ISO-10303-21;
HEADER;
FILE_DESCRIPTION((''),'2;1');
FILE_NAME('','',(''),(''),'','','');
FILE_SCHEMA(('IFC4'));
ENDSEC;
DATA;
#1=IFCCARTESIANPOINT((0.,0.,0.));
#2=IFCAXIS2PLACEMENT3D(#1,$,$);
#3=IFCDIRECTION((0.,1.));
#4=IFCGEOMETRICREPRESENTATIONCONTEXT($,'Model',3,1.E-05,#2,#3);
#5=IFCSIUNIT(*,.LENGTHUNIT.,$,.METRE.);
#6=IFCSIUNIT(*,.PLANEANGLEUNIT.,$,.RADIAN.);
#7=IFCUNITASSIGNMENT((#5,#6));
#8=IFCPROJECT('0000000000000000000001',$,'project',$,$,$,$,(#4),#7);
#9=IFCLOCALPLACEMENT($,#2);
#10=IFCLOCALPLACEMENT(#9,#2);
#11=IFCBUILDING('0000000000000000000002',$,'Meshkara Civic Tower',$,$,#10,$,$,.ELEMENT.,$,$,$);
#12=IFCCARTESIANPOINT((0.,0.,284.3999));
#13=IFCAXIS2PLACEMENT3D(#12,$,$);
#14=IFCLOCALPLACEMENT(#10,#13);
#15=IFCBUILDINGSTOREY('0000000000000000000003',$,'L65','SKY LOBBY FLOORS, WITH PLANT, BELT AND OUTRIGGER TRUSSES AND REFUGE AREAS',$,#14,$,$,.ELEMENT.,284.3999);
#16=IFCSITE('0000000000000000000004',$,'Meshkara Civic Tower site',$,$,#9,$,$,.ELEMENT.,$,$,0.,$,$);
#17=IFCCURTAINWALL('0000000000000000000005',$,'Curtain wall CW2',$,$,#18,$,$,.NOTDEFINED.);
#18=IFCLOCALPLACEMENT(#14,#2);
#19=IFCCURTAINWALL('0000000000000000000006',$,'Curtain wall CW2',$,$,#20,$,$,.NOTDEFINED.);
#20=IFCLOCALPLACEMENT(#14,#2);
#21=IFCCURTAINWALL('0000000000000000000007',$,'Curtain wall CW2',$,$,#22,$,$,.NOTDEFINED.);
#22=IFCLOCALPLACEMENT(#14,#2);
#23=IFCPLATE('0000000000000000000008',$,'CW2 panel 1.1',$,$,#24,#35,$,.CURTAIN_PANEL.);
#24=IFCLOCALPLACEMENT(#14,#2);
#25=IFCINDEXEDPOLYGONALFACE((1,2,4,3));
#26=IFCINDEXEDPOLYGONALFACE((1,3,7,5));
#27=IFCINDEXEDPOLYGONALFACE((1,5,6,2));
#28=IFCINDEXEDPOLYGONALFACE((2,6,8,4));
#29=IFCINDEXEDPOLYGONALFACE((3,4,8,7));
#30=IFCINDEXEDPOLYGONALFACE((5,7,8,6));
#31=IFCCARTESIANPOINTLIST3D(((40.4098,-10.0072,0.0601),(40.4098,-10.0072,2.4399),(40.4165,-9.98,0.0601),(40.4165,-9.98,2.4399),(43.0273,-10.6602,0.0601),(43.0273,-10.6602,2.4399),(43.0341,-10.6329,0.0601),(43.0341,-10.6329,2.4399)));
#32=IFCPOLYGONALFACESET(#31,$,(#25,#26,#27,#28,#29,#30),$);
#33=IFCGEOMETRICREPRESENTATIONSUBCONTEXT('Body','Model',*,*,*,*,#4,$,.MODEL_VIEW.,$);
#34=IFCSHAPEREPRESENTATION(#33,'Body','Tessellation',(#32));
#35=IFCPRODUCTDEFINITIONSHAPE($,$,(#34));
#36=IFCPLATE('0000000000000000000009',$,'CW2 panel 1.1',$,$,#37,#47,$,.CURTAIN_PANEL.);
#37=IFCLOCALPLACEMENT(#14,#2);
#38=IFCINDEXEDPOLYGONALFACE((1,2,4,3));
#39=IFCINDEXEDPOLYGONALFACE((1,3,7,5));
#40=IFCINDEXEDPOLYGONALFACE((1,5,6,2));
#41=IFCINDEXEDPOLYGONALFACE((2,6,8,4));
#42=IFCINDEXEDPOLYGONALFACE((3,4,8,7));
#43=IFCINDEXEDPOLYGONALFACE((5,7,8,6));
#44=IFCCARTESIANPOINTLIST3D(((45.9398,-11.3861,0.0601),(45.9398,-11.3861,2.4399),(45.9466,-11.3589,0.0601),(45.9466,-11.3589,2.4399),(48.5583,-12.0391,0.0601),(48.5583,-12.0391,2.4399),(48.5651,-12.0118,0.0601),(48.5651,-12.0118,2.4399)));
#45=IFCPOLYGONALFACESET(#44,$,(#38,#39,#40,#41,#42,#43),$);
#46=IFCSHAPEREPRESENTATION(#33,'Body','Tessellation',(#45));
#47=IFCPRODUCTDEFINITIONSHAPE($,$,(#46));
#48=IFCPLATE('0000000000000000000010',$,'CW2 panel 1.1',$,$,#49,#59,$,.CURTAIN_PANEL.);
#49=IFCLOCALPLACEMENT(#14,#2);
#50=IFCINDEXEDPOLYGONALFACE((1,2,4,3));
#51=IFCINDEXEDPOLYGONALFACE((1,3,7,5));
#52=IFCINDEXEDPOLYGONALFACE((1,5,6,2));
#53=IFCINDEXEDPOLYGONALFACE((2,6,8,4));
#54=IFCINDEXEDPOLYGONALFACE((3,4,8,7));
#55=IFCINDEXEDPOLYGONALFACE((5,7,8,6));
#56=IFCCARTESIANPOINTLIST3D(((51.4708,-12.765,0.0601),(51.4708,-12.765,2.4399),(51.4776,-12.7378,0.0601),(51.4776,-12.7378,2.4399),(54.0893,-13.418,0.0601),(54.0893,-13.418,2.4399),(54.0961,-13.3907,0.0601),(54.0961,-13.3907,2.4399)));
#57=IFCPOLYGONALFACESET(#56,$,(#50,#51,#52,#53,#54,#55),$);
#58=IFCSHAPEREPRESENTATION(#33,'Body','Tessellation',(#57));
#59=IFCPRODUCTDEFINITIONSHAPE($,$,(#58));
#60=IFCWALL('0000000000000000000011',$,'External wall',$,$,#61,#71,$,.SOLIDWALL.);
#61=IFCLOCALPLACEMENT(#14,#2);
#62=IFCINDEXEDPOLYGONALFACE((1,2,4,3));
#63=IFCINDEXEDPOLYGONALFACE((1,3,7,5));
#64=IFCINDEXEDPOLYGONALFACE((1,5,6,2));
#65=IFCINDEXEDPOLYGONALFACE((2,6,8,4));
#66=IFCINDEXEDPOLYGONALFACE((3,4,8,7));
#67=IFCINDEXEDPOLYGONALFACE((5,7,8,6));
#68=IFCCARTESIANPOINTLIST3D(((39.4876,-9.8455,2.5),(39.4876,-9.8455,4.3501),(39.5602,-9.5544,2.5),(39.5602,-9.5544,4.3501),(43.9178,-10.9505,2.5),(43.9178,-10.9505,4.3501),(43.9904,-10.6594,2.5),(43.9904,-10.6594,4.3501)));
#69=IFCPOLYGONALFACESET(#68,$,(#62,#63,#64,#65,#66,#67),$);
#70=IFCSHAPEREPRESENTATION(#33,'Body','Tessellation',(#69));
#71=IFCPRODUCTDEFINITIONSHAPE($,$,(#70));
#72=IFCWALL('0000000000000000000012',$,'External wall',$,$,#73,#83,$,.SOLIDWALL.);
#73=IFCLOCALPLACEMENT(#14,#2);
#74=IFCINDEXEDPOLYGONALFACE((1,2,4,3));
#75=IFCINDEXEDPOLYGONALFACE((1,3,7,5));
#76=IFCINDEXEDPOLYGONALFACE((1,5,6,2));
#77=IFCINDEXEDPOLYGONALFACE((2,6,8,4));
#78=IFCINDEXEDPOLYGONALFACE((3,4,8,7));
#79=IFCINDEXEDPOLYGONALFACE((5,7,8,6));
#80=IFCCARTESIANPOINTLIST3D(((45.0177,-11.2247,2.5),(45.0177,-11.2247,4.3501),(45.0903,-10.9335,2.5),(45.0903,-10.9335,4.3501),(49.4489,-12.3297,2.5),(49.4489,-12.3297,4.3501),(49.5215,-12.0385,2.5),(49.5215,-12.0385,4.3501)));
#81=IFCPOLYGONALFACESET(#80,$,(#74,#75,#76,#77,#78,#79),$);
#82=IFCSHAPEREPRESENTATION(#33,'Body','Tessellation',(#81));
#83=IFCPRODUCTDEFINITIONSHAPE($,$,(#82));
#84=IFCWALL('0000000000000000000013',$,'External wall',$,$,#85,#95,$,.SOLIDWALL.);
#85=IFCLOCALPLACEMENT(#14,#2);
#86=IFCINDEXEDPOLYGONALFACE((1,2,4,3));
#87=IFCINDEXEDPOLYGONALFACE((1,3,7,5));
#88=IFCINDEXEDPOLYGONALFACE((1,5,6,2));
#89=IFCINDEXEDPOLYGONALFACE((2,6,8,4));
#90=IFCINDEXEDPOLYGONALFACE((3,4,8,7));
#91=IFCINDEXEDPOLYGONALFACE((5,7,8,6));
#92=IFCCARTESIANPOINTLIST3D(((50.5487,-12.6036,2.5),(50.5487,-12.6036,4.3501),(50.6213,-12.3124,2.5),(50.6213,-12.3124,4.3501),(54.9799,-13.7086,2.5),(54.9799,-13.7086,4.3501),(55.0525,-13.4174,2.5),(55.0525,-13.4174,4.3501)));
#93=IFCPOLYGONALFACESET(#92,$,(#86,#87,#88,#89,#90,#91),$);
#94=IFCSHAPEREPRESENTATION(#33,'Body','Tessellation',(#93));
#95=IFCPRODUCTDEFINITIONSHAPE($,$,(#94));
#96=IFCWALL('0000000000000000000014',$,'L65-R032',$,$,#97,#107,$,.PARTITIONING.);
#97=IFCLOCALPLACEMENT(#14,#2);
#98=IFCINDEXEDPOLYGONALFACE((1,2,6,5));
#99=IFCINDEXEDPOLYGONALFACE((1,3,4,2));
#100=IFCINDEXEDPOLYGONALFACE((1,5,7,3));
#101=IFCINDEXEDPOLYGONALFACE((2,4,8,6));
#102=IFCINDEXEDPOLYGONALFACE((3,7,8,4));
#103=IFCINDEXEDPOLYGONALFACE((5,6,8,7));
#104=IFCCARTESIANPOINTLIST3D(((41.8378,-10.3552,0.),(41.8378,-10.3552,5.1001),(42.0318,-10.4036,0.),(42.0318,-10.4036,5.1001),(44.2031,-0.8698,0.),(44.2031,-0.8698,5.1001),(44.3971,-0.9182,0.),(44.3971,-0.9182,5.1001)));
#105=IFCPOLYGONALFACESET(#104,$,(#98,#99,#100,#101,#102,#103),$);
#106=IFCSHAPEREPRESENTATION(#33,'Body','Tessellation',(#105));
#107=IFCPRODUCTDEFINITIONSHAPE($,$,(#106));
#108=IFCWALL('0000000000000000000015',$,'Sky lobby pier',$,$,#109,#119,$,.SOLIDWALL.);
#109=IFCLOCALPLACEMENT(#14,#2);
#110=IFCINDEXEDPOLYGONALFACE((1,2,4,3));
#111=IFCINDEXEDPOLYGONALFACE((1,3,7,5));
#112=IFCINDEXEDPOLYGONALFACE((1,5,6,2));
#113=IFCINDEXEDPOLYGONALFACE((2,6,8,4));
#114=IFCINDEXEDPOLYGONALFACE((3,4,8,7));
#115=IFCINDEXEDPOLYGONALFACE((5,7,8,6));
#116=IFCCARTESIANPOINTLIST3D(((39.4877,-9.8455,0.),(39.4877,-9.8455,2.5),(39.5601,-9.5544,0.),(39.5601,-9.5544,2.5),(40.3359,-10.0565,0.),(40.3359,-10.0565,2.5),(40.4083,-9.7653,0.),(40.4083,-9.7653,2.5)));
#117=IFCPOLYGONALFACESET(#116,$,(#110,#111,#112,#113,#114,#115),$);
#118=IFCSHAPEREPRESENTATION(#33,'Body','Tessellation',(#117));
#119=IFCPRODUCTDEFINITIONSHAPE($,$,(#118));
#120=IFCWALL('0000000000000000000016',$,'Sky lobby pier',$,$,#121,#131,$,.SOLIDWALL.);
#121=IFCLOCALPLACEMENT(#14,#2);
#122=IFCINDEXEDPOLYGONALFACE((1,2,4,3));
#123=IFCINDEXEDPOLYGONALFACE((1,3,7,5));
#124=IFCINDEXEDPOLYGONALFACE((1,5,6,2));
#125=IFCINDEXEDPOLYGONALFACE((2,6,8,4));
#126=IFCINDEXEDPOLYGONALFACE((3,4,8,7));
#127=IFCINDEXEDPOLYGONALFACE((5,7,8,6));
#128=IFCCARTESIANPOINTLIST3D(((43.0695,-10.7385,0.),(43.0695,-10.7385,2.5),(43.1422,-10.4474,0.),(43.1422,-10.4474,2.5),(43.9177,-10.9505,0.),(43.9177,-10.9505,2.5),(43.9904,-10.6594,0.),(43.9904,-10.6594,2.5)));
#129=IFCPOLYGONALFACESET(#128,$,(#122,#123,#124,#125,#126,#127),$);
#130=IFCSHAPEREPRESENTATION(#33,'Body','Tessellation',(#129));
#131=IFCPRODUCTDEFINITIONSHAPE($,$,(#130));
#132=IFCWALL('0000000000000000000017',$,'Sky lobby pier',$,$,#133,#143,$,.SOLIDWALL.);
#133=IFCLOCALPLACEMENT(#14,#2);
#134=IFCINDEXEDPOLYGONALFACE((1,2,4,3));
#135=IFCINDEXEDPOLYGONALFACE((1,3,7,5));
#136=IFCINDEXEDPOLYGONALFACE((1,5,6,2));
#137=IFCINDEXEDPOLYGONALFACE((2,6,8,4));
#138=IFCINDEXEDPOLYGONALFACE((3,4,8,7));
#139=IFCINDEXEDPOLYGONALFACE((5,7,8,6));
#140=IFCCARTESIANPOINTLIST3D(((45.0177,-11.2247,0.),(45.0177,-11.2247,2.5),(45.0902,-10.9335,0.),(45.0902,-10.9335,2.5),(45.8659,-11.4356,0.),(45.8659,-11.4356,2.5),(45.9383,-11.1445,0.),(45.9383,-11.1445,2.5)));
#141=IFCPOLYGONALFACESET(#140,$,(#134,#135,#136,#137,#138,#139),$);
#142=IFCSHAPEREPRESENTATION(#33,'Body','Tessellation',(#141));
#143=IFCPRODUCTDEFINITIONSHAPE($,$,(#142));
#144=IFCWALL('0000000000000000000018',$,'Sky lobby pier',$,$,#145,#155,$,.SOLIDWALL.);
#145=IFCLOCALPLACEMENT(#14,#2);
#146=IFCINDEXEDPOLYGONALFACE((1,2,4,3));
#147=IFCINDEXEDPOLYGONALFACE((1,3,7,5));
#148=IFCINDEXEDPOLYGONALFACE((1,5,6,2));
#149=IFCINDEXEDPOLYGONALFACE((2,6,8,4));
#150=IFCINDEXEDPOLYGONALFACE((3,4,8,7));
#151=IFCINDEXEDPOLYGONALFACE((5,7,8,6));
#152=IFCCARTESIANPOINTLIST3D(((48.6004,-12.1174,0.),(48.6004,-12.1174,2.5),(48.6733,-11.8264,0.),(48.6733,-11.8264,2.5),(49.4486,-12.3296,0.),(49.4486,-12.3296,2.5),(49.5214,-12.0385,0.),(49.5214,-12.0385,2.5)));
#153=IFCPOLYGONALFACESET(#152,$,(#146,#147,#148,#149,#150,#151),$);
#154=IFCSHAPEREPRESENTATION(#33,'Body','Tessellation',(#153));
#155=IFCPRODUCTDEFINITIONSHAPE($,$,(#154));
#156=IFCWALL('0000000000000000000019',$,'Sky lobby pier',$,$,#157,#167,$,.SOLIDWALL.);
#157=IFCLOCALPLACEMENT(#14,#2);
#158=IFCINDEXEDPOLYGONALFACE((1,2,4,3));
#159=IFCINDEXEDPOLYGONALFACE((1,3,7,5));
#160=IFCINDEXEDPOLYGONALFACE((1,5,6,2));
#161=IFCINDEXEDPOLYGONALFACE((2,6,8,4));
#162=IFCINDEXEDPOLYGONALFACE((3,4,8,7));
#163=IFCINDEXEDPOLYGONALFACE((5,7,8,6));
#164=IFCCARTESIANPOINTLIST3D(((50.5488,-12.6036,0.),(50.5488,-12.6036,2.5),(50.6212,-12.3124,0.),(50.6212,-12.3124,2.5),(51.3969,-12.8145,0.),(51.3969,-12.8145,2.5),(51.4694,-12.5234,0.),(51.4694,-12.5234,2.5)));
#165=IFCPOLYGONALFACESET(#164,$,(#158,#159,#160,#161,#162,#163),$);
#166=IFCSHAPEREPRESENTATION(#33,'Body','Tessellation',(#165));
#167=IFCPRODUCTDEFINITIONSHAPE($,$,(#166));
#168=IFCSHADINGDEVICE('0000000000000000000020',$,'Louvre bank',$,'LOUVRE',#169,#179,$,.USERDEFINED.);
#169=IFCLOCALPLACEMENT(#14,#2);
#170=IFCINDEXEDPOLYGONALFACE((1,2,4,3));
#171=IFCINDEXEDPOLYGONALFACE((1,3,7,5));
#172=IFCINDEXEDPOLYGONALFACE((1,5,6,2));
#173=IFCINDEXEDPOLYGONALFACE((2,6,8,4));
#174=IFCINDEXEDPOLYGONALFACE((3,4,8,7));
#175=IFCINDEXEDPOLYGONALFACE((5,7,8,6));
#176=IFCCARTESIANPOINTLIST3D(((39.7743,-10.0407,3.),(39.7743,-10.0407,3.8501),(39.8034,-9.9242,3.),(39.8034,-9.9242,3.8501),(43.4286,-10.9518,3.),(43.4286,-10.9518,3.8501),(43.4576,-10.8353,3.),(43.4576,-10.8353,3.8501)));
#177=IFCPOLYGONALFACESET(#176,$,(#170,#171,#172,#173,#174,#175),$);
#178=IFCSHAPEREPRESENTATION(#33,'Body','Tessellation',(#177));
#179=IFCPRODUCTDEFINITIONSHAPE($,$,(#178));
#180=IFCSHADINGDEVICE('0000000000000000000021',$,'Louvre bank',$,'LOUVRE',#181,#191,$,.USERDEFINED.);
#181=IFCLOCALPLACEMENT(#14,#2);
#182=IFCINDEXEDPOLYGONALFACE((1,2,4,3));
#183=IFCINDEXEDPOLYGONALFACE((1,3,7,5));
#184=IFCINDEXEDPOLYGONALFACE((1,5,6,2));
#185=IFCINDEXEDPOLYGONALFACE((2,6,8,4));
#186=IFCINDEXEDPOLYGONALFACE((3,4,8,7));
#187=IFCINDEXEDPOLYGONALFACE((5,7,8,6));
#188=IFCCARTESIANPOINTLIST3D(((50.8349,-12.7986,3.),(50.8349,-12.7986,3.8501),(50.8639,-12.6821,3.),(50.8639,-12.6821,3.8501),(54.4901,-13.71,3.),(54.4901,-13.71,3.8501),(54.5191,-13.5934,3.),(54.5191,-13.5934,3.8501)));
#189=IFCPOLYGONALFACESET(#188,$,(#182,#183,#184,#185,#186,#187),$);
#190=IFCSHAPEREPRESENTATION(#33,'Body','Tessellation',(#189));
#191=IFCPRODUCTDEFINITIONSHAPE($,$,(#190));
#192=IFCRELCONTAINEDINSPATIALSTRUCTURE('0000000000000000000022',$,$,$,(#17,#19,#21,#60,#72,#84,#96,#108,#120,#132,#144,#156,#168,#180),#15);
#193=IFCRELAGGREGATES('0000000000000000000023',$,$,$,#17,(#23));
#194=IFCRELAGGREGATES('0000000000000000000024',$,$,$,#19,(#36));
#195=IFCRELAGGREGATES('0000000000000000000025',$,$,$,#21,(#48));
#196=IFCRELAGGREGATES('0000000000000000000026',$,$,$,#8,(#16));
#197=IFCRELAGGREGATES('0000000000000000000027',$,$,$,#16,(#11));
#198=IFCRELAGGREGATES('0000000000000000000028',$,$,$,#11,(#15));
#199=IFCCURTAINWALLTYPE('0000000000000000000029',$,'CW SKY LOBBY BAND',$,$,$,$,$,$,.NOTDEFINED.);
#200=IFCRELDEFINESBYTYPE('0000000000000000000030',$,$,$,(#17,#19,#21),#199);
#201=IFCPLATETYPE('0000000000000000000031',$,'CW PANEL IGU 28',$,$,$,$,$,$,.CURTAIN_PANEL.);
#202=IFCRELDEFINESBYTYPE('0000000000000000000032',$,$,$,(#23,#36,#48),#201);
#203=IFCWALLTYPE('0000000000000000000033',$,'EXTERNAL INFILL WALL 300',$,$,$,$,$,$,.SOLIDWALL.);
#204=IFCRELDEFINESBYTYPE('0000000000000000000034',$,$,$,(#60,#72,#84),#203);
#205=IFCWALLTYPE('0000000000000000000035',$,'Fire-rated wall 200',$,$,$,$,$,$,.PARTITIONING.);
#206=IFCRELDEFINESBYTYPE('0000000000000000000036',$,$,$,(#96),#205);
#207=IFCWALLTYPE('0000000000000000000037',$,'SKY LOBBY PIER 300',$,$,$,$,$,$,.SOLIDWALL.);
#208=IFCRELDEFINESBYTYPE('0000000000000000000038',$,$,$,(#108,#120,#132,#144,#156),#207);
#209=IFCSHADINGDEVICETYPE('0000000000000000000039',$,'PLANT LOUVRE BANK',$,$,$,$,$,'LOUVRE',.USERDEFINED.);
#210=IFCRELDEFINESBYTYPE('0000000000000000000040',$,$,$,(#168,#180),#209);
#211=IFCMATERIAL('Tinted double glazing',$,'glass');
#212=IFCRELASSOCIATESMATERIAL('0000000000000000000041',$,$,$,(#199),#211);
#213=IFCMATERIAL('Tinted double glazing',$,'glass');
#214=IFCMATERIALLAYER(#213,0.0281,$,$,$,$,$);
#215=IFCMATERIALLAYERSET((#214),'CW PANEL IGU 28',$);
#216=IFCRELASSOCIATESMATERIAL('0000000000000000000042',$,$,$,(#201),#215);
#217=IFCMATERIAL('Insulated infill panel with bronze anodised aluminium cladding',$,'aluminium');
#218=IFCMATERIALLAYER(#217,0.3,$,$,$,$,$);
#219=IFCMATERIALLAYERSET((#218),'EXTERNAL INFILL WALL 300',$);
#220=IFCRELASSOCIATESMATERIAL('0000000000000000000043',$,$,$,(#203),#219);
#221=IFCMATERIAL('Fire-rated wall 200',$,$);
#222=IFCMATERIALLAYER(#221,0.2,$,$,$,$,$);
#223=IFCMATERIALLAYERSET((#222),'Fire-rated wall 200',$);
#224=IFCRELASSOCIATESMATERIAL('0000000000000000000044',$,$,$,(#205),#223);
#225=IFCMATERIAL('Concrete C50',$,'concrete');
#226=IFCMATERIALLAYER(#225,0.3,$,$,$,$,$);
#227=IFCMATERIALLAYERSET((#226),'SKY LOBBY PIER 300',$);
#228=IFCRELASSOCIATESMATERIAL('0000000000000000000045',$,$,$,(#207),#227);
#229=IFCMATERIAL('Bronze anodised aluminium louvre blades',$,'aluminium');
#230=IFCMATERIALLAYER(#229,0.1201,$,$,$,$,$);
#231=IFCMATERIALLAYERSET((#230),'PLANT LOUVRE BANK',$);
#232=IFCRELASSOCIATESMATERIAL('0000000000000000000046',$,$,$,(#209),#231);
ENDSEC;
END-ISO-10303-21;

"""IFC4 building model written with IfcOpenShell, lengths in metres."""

from ifc_helpers import new_model, si_unit, direction, frame, frame_2d, origin, origin_2d, place, context, subcontext, project, spatial, rectangle, extrude, material, layer, layer_set, type_object, element, aggregate, save


model = new_model("IFC4")

# Units and contexts
model_context = context("Model", 3, precision=1e-05, world=origin(), true_north=direction((0.0, 1.0)))
body_context = subcontext(model_context, "Body", "Model", "MODEL_VIEW")
ifc_project = project(units=[si_unit("LENGTHUNIT", "METRE"), si_unit("PLANEANGLEUNIT", "RADIAN")], contexts=[model_context])

# Site, building, storey
site_placement = place(None, origin())
site = spatial("IfcSite", under=ifc_project, at=site_placement, Name="Meshkara Civic Tower site", CompositionType="ELEMENT", RefElevation=0.0)
building_placement = place(site_placement, origin())
building = spatial("IfcBuilding", under=site, at=building_placement, Name="Meshkara Civic Tower", CompositionType="ELEMENT")
storey_placement = place(building_placement, frame((0.0, 0.0, 284.3999)))
storey = spatial("IfcBuildingStorey", under=building, at=storey_placement, Name="L65", Description="SKY LOBBY FLOORS, WITH PLANT, BELT AND OUTRIGGER TRUSSES AND REFUGE AREAS", CompositionType="ELEMENT", Elevation=284.3999)

# Curtain walls
ifc_material_1 = material(Name="Tinted double glazing", Category="glass")
curtain_wall_type = type_object("IfcCurtainWallType", Name="CW SKY LOBBY BAND", PredefinedType="NOTDEFINED", material=ifc_material_1)
curtain_wall_1_placement = place(storey_placement, origin())
curtain_wall_1 = element("IfcCurtainWall", 1, at=curtain_wall_1_placement, inside=storey, type_object=curtain_wall_type, Name="Curtain wall CW2", PredefinedType="NOTDEFINED")
curtain_wall_2_placement = place(storey_placement, origin())
curtain_wall_2 = element("IfcCurtainWall", 2, at=curtain_wall_2_placement, inside=storey, type_object=curtain_wall_type, Name="Curtain wall CW2", PredefinedType="NOTDEFINED")

# Curtain wall
curtain_wall_3_placement = place(storey_placement, origin())
curtain_wall_3 = element("IfcCurtainWall", 3, at=curtain_wall_3_placement, inside=storey, type_object=curtain_wall_type, Name="Curtain wall CW2", PredefinedType="NOTDEFINED")

# Plates
ifc_material_2 = material(Name="Tinted double glazing", Category="glass")
ifc_layer_1 = layer(ifc_material_2, 0.0281)
ifc_layer_set_1 = layer_set([ifc_layer_1], Name="CW PANEL IGU 28")
plate_type = type_object("IfcPlateType", Name="CW PANEL IGU 28", PredefinedType="CURTAIN_PANEL", material=ifc_layer_set_1)
plate_1_placement = place(storey_placement, frame((41.7219, -10.3201, 0.0601), z_axis=(0.0, 0.0, 1.0), x_axis=(0.970268, -0.242035, 0.0)))
plate_1 = element("IfcPlate", 4, at=plate_1_placement, type_object=plate_type, Name="CW2 panel 1.1", PredefinedType="CURTAIN_PANEL", context=body_context, shape_type="SweptSolid", body=[
    extrude(rectangle(XDim=2.6978, YDim=0.0281, at=origin_2d()), origin(), (0.0, 0.0, 1.0), 2.3799),
])
aggregate(curtain_wall_1, [plate_1])
plate_2_placement = place(storey_placement, frame((47.2524, -11.699, 0.0601), z_axis=(0.0, 0.0, 1.0), x_axis=(0.970288, -0.241951, 0.0)))
plate_2 = element("IfcPlate", 5, at=plate_2_placement, type_object=plate_type, Name="CW2 panel 1.1", PredefinedType="CURTAIN_PANEL", context=body_context, shape_type="SweptSolid", body=[
    extrude(rectangle(XDim=2.6987, YDim=0.0281, at=origin_2d()), origin(), (0.0, 0.0, 1.0), 2.3799),
])
aggregate(curtain_wall_2, [plate_2])
plate_3_placement = place(storey_placement, frame((52.7834, -13.0779, 0.0601), z_axis=(0.0, 0.0, 1.0), x_axis=(0.970288, -0.241951, 0.0)))
plate_3 = element("IfcPlate", 6, at=plate_3_placement, type_object=plate_type, Name="CW2 panel 1.1", PredefinedType="CURTAIN_PANEL", context=body_context, shape_type="SweptSolid", body=[
    extrude(rectangle(XDim=2.6987, YDim=0.0281, at=origin_2d()), origin(), (0.0, 0.0, 1.0), 2.3799),
])
aggregate(curtain_wall_3, [plate_3])

# Walls
ifc_material_3 = material(Name="Insulated infill panel with bronze anodised aluminium cladding", Category="aluminium")
ifc_layer_2 = layer(ifc_material_3, 0.3)
ifc_layer_set_2 = layer_set([ifc_layer_2], Name="EXTERNAL INFILL WALL 300")
wall_type_1 = type_object("IfcWallType", Name="EXTERNAL INFILL WALL 300", PredefinedType="SOLIDWALL", material=ifc_layer_set_2)
wall_1_placement = place(storey_placement, frame((39.5239, -9.7, 2.5), z_axis=(0.0, 0.0, 1.0), x_axis=(0.970274, -0.242007, 0.0)))
element("IfcWall", 7, at=wall_1_placement, inside=storey, type_object=wall_type_1, Name="External wall", PredefinedType="SOLIDWALL", context=body_context, shape_type="SweptSolid", body=[
    extrude(rectangle(XDim=4.5659, YDim=0.3, at=frame_2d((2.283, 0.0))), origin(), (0.0, 0.0, 1.0), 1.8501),
])
for number, where, z_axis, x_axis, name in (
    (8, (45.054, -11.0791, 2.5), (0.0, 0.0, 1.0), (0.970287, -0.241957, 0.0), "External wall"),
    (9, (50.585, -12.458, 2.5), (0.0, 0.0, 1.0), (0.970287, -0.241957, 0.0), "External wall"),
):
    element("IfcWall", number, at=place(storey_placement, frame(where, z_axis=z_axis, x_axis=x_axis)), inside=storey, type_object=wall_type_1, Name=name, PredefinedType="SOLIDWALL", context=body_context, shape_type="SweptSolid", body=[
        extrude(rectangle(XDim=4.5669, YDim=0.3, at=frame_2d((2.2834, 0.0))), origin(), (0.0, 0.0, 1.0), 1.8501),
    ])
ifc_material_4 = material(Name="Fire-rated wall 200")
ifc_layer_3 = layer(ifc_material_4, 0.2)
ifc_layer_set_3 = layer_set([ifc_layer_3], Name="Fire-rated wall 200")
wall_type_2 = type_object("IfcWallType", Name="Fire-rated wall 200", PredefinedType="PARTITIONING", material=ifc_layer_set_3)
wall_2_placement = place(storey_placement, frame((41.9348, -10.3794, 0.0), z_axis=(0.0, 0.0, 1.0), x_axis=(0.241948, 0.970289, 0.0)))
element("IfcWall", 10, at=wall_2_placement, inside=storey, type_object=wall_type_2, Name="L65-R032", PredefinedType="PARTITIONING", context=body_context, shape_type="SweptSolid", body=[
    extrude(rectangle(XDim=9.7759, YDim=0.2, at=frame_2d((4.8879, 0.0))), origin(), (0.0, 0.0, 1.0), 5.1001),
])
ifc_material_5 = material(Name="Concrete C50", Category="concrete")
ifc_layer_4 = layer(ifc_material_5, 0.3)
ifc_layer_set_4 = layer_set([ifc_layer_4], Name="SKY LOBBY PIER 300")
wall_type_3 = type_object("IfcWallType", Name="SKY LOBBY PIER 300", PredefinedType="SOLIDWALL", material=ifc_layer_set_4)
wall_3_placement = place(storey_placement, frame((39.5239, -9.7, 0.0), z_axis=(0.0, 0.0, 1.0), x_axis=(0.970438, -0.241352, 0.0)))
element("IfcWall", 11, at=wall_3_placement, inside=storey, type_object=wall_type_3, Name="Sky lobby pier", PredefinedType="SOLIDWALL", context=body_context, shape_type="SweptSolid", body=[
    extrude(rectangle(XDim=0.874, YDim=0.3, at=frame_2d((0.437, 0.0))), origin(), (0.0, 0.0, 1.0), 2.5),
])
wall_4_placement = place(storey_placement, frame((43.106, -10.593, 0.0), z_axis=(0.0, 0.0, 1.0), x_axis=(0.970175, -0.242404, 0.0)))
element("IfcWall", 12, at=wall_4_placement, inside=storey, type_object=wall_type_3, Name="Sky lobby pier", PredefinedType="SOLIDWALL", context=body_context, shape_type="SweptSolid", body=[
    extrude(rectangle(XDim=0.8743, YDim=0.3, at=frame_2d((0.437, 0.0))), origin(), (0.0, 0.0, 1.0), 2.5),
])
wall_5_placement = place(storey_placement, frame((45.054, -11.0791, 0.0), z_axis=(0.0, 0.0, 1.0), x_axis=(0.970438, -0.241352, 0.0)))
element("IfcWall", 13, at=wall_5_placement, inside=storey, type_object=wall_type_3, Name="Sky lobby pier", PredefinedType="SOLIDWALL", context=body_context, shape_type="SweptSolid", body=[
    extrude(rectangle(XDim=0.874, YDim=0.3, at=frame_2d((0.437, 0.0))), origin(), (0.0, 0.0, 1.0), 2.5),
])
wall_6_placement = place(storey_placement, frame((48.637, -11.9719, 0.0), z_axis=(0.0, 0.0, 1.0), x_axis=(0.97011, -0.242667, 0.0)))
element("IfcWall", 14, at=wall_6_placement, inside=storey, type_object=wall_type_3, Name="Sky lobby pier", PredefinedType="SOLIDWALL", context=body_context, shape_type="SweptSolid", body=[
    extrude(rectangle(XDim=0.8743, YDim=0.3, at=frame_2d((0.437, 0.0))), origin(), (0.0, 0.0, 1.0), 2.5),
])
wall_7_placement = place(storey_placement, frame((50.585, -12.458, 0.0), z_axis=(0.0, 0.0, 1.0), x_axis=(0.970438, -0.241352, 0.0)))
element("IfcWall", 15, at=wall_7_placement, inside=storey, type_object=wall_type_3, Name="Sky lobby pier", PredefinedType="SOLIDWALL", context=body_context, shape_type="SweptSolid", body=[
    extrude(rectangle(XDim=0.874, YDim=0.3, at=frame_2d((0.437, 0.0))), origin(), (0.0, 0.0, 1.0), 2.5),
])

# Shading devices
ifc_material_6 = material(Name="Bronze anodised aluminium louvre blades", Category="aluminium")
ifc_layer_5 = layer(ifc_material_6, 0.1201)
ifc_layer_set_5 = layer_set([ifc_layer_5], Name="PLANT LOUVRE BANK")
shading_device_type = type_object("IfcShadingDeviceType", Name="PLANT LOUVRE BANK", ElementType="LOUVRE", PredefinedType="USERDEFINED", material=ifc_layer_set_5)
shading_device_1_placement = place(storey_placement, frame((41.616, -10.438, 3.0), z_axis=(0.0, 0.0, 1.0), x_axis=(0.970296, -0.241922, 0.0)))
element("IfcShadingDevice", 16, at=shading_device_1_placement, inside=storey, type_object=shading_device_type, Name="Louvre bank", ObjectType="LOUVRE", PredefinedType="USERDEFINED", context=body_context, shape_type="SweptSolid", body=[
    extrude(rectangle(XDim=3.7661, YDim=0.1201, at=origin_2d()), origin(), (0.0, 0.0, 1.0), 0.8501),
])
shading_device_2_placement = place(storey_placement, frame((52.677, -13.196, 3.0), z_axis=(0.0, 0.0, 1.0), x_axis=(0.970296, -0.241922, 0.0)))
element("IfcShadingDevice", 17, at=shading_device_2_placement, inside=storey, type_object=shading_device_type, Name="Louvre bank", ObjectType="LOUVRE", PredefinedType="USERDEFINED", context=body_context, shape_type="SweptSolid", body=[
    extrude(rectangle(XDim=3.7671, YDim=0.1201, at=origin_2d()), origin(), (0.0, 0.0, 1.0), 0.8501),
])

save(model, "model.ifc")
